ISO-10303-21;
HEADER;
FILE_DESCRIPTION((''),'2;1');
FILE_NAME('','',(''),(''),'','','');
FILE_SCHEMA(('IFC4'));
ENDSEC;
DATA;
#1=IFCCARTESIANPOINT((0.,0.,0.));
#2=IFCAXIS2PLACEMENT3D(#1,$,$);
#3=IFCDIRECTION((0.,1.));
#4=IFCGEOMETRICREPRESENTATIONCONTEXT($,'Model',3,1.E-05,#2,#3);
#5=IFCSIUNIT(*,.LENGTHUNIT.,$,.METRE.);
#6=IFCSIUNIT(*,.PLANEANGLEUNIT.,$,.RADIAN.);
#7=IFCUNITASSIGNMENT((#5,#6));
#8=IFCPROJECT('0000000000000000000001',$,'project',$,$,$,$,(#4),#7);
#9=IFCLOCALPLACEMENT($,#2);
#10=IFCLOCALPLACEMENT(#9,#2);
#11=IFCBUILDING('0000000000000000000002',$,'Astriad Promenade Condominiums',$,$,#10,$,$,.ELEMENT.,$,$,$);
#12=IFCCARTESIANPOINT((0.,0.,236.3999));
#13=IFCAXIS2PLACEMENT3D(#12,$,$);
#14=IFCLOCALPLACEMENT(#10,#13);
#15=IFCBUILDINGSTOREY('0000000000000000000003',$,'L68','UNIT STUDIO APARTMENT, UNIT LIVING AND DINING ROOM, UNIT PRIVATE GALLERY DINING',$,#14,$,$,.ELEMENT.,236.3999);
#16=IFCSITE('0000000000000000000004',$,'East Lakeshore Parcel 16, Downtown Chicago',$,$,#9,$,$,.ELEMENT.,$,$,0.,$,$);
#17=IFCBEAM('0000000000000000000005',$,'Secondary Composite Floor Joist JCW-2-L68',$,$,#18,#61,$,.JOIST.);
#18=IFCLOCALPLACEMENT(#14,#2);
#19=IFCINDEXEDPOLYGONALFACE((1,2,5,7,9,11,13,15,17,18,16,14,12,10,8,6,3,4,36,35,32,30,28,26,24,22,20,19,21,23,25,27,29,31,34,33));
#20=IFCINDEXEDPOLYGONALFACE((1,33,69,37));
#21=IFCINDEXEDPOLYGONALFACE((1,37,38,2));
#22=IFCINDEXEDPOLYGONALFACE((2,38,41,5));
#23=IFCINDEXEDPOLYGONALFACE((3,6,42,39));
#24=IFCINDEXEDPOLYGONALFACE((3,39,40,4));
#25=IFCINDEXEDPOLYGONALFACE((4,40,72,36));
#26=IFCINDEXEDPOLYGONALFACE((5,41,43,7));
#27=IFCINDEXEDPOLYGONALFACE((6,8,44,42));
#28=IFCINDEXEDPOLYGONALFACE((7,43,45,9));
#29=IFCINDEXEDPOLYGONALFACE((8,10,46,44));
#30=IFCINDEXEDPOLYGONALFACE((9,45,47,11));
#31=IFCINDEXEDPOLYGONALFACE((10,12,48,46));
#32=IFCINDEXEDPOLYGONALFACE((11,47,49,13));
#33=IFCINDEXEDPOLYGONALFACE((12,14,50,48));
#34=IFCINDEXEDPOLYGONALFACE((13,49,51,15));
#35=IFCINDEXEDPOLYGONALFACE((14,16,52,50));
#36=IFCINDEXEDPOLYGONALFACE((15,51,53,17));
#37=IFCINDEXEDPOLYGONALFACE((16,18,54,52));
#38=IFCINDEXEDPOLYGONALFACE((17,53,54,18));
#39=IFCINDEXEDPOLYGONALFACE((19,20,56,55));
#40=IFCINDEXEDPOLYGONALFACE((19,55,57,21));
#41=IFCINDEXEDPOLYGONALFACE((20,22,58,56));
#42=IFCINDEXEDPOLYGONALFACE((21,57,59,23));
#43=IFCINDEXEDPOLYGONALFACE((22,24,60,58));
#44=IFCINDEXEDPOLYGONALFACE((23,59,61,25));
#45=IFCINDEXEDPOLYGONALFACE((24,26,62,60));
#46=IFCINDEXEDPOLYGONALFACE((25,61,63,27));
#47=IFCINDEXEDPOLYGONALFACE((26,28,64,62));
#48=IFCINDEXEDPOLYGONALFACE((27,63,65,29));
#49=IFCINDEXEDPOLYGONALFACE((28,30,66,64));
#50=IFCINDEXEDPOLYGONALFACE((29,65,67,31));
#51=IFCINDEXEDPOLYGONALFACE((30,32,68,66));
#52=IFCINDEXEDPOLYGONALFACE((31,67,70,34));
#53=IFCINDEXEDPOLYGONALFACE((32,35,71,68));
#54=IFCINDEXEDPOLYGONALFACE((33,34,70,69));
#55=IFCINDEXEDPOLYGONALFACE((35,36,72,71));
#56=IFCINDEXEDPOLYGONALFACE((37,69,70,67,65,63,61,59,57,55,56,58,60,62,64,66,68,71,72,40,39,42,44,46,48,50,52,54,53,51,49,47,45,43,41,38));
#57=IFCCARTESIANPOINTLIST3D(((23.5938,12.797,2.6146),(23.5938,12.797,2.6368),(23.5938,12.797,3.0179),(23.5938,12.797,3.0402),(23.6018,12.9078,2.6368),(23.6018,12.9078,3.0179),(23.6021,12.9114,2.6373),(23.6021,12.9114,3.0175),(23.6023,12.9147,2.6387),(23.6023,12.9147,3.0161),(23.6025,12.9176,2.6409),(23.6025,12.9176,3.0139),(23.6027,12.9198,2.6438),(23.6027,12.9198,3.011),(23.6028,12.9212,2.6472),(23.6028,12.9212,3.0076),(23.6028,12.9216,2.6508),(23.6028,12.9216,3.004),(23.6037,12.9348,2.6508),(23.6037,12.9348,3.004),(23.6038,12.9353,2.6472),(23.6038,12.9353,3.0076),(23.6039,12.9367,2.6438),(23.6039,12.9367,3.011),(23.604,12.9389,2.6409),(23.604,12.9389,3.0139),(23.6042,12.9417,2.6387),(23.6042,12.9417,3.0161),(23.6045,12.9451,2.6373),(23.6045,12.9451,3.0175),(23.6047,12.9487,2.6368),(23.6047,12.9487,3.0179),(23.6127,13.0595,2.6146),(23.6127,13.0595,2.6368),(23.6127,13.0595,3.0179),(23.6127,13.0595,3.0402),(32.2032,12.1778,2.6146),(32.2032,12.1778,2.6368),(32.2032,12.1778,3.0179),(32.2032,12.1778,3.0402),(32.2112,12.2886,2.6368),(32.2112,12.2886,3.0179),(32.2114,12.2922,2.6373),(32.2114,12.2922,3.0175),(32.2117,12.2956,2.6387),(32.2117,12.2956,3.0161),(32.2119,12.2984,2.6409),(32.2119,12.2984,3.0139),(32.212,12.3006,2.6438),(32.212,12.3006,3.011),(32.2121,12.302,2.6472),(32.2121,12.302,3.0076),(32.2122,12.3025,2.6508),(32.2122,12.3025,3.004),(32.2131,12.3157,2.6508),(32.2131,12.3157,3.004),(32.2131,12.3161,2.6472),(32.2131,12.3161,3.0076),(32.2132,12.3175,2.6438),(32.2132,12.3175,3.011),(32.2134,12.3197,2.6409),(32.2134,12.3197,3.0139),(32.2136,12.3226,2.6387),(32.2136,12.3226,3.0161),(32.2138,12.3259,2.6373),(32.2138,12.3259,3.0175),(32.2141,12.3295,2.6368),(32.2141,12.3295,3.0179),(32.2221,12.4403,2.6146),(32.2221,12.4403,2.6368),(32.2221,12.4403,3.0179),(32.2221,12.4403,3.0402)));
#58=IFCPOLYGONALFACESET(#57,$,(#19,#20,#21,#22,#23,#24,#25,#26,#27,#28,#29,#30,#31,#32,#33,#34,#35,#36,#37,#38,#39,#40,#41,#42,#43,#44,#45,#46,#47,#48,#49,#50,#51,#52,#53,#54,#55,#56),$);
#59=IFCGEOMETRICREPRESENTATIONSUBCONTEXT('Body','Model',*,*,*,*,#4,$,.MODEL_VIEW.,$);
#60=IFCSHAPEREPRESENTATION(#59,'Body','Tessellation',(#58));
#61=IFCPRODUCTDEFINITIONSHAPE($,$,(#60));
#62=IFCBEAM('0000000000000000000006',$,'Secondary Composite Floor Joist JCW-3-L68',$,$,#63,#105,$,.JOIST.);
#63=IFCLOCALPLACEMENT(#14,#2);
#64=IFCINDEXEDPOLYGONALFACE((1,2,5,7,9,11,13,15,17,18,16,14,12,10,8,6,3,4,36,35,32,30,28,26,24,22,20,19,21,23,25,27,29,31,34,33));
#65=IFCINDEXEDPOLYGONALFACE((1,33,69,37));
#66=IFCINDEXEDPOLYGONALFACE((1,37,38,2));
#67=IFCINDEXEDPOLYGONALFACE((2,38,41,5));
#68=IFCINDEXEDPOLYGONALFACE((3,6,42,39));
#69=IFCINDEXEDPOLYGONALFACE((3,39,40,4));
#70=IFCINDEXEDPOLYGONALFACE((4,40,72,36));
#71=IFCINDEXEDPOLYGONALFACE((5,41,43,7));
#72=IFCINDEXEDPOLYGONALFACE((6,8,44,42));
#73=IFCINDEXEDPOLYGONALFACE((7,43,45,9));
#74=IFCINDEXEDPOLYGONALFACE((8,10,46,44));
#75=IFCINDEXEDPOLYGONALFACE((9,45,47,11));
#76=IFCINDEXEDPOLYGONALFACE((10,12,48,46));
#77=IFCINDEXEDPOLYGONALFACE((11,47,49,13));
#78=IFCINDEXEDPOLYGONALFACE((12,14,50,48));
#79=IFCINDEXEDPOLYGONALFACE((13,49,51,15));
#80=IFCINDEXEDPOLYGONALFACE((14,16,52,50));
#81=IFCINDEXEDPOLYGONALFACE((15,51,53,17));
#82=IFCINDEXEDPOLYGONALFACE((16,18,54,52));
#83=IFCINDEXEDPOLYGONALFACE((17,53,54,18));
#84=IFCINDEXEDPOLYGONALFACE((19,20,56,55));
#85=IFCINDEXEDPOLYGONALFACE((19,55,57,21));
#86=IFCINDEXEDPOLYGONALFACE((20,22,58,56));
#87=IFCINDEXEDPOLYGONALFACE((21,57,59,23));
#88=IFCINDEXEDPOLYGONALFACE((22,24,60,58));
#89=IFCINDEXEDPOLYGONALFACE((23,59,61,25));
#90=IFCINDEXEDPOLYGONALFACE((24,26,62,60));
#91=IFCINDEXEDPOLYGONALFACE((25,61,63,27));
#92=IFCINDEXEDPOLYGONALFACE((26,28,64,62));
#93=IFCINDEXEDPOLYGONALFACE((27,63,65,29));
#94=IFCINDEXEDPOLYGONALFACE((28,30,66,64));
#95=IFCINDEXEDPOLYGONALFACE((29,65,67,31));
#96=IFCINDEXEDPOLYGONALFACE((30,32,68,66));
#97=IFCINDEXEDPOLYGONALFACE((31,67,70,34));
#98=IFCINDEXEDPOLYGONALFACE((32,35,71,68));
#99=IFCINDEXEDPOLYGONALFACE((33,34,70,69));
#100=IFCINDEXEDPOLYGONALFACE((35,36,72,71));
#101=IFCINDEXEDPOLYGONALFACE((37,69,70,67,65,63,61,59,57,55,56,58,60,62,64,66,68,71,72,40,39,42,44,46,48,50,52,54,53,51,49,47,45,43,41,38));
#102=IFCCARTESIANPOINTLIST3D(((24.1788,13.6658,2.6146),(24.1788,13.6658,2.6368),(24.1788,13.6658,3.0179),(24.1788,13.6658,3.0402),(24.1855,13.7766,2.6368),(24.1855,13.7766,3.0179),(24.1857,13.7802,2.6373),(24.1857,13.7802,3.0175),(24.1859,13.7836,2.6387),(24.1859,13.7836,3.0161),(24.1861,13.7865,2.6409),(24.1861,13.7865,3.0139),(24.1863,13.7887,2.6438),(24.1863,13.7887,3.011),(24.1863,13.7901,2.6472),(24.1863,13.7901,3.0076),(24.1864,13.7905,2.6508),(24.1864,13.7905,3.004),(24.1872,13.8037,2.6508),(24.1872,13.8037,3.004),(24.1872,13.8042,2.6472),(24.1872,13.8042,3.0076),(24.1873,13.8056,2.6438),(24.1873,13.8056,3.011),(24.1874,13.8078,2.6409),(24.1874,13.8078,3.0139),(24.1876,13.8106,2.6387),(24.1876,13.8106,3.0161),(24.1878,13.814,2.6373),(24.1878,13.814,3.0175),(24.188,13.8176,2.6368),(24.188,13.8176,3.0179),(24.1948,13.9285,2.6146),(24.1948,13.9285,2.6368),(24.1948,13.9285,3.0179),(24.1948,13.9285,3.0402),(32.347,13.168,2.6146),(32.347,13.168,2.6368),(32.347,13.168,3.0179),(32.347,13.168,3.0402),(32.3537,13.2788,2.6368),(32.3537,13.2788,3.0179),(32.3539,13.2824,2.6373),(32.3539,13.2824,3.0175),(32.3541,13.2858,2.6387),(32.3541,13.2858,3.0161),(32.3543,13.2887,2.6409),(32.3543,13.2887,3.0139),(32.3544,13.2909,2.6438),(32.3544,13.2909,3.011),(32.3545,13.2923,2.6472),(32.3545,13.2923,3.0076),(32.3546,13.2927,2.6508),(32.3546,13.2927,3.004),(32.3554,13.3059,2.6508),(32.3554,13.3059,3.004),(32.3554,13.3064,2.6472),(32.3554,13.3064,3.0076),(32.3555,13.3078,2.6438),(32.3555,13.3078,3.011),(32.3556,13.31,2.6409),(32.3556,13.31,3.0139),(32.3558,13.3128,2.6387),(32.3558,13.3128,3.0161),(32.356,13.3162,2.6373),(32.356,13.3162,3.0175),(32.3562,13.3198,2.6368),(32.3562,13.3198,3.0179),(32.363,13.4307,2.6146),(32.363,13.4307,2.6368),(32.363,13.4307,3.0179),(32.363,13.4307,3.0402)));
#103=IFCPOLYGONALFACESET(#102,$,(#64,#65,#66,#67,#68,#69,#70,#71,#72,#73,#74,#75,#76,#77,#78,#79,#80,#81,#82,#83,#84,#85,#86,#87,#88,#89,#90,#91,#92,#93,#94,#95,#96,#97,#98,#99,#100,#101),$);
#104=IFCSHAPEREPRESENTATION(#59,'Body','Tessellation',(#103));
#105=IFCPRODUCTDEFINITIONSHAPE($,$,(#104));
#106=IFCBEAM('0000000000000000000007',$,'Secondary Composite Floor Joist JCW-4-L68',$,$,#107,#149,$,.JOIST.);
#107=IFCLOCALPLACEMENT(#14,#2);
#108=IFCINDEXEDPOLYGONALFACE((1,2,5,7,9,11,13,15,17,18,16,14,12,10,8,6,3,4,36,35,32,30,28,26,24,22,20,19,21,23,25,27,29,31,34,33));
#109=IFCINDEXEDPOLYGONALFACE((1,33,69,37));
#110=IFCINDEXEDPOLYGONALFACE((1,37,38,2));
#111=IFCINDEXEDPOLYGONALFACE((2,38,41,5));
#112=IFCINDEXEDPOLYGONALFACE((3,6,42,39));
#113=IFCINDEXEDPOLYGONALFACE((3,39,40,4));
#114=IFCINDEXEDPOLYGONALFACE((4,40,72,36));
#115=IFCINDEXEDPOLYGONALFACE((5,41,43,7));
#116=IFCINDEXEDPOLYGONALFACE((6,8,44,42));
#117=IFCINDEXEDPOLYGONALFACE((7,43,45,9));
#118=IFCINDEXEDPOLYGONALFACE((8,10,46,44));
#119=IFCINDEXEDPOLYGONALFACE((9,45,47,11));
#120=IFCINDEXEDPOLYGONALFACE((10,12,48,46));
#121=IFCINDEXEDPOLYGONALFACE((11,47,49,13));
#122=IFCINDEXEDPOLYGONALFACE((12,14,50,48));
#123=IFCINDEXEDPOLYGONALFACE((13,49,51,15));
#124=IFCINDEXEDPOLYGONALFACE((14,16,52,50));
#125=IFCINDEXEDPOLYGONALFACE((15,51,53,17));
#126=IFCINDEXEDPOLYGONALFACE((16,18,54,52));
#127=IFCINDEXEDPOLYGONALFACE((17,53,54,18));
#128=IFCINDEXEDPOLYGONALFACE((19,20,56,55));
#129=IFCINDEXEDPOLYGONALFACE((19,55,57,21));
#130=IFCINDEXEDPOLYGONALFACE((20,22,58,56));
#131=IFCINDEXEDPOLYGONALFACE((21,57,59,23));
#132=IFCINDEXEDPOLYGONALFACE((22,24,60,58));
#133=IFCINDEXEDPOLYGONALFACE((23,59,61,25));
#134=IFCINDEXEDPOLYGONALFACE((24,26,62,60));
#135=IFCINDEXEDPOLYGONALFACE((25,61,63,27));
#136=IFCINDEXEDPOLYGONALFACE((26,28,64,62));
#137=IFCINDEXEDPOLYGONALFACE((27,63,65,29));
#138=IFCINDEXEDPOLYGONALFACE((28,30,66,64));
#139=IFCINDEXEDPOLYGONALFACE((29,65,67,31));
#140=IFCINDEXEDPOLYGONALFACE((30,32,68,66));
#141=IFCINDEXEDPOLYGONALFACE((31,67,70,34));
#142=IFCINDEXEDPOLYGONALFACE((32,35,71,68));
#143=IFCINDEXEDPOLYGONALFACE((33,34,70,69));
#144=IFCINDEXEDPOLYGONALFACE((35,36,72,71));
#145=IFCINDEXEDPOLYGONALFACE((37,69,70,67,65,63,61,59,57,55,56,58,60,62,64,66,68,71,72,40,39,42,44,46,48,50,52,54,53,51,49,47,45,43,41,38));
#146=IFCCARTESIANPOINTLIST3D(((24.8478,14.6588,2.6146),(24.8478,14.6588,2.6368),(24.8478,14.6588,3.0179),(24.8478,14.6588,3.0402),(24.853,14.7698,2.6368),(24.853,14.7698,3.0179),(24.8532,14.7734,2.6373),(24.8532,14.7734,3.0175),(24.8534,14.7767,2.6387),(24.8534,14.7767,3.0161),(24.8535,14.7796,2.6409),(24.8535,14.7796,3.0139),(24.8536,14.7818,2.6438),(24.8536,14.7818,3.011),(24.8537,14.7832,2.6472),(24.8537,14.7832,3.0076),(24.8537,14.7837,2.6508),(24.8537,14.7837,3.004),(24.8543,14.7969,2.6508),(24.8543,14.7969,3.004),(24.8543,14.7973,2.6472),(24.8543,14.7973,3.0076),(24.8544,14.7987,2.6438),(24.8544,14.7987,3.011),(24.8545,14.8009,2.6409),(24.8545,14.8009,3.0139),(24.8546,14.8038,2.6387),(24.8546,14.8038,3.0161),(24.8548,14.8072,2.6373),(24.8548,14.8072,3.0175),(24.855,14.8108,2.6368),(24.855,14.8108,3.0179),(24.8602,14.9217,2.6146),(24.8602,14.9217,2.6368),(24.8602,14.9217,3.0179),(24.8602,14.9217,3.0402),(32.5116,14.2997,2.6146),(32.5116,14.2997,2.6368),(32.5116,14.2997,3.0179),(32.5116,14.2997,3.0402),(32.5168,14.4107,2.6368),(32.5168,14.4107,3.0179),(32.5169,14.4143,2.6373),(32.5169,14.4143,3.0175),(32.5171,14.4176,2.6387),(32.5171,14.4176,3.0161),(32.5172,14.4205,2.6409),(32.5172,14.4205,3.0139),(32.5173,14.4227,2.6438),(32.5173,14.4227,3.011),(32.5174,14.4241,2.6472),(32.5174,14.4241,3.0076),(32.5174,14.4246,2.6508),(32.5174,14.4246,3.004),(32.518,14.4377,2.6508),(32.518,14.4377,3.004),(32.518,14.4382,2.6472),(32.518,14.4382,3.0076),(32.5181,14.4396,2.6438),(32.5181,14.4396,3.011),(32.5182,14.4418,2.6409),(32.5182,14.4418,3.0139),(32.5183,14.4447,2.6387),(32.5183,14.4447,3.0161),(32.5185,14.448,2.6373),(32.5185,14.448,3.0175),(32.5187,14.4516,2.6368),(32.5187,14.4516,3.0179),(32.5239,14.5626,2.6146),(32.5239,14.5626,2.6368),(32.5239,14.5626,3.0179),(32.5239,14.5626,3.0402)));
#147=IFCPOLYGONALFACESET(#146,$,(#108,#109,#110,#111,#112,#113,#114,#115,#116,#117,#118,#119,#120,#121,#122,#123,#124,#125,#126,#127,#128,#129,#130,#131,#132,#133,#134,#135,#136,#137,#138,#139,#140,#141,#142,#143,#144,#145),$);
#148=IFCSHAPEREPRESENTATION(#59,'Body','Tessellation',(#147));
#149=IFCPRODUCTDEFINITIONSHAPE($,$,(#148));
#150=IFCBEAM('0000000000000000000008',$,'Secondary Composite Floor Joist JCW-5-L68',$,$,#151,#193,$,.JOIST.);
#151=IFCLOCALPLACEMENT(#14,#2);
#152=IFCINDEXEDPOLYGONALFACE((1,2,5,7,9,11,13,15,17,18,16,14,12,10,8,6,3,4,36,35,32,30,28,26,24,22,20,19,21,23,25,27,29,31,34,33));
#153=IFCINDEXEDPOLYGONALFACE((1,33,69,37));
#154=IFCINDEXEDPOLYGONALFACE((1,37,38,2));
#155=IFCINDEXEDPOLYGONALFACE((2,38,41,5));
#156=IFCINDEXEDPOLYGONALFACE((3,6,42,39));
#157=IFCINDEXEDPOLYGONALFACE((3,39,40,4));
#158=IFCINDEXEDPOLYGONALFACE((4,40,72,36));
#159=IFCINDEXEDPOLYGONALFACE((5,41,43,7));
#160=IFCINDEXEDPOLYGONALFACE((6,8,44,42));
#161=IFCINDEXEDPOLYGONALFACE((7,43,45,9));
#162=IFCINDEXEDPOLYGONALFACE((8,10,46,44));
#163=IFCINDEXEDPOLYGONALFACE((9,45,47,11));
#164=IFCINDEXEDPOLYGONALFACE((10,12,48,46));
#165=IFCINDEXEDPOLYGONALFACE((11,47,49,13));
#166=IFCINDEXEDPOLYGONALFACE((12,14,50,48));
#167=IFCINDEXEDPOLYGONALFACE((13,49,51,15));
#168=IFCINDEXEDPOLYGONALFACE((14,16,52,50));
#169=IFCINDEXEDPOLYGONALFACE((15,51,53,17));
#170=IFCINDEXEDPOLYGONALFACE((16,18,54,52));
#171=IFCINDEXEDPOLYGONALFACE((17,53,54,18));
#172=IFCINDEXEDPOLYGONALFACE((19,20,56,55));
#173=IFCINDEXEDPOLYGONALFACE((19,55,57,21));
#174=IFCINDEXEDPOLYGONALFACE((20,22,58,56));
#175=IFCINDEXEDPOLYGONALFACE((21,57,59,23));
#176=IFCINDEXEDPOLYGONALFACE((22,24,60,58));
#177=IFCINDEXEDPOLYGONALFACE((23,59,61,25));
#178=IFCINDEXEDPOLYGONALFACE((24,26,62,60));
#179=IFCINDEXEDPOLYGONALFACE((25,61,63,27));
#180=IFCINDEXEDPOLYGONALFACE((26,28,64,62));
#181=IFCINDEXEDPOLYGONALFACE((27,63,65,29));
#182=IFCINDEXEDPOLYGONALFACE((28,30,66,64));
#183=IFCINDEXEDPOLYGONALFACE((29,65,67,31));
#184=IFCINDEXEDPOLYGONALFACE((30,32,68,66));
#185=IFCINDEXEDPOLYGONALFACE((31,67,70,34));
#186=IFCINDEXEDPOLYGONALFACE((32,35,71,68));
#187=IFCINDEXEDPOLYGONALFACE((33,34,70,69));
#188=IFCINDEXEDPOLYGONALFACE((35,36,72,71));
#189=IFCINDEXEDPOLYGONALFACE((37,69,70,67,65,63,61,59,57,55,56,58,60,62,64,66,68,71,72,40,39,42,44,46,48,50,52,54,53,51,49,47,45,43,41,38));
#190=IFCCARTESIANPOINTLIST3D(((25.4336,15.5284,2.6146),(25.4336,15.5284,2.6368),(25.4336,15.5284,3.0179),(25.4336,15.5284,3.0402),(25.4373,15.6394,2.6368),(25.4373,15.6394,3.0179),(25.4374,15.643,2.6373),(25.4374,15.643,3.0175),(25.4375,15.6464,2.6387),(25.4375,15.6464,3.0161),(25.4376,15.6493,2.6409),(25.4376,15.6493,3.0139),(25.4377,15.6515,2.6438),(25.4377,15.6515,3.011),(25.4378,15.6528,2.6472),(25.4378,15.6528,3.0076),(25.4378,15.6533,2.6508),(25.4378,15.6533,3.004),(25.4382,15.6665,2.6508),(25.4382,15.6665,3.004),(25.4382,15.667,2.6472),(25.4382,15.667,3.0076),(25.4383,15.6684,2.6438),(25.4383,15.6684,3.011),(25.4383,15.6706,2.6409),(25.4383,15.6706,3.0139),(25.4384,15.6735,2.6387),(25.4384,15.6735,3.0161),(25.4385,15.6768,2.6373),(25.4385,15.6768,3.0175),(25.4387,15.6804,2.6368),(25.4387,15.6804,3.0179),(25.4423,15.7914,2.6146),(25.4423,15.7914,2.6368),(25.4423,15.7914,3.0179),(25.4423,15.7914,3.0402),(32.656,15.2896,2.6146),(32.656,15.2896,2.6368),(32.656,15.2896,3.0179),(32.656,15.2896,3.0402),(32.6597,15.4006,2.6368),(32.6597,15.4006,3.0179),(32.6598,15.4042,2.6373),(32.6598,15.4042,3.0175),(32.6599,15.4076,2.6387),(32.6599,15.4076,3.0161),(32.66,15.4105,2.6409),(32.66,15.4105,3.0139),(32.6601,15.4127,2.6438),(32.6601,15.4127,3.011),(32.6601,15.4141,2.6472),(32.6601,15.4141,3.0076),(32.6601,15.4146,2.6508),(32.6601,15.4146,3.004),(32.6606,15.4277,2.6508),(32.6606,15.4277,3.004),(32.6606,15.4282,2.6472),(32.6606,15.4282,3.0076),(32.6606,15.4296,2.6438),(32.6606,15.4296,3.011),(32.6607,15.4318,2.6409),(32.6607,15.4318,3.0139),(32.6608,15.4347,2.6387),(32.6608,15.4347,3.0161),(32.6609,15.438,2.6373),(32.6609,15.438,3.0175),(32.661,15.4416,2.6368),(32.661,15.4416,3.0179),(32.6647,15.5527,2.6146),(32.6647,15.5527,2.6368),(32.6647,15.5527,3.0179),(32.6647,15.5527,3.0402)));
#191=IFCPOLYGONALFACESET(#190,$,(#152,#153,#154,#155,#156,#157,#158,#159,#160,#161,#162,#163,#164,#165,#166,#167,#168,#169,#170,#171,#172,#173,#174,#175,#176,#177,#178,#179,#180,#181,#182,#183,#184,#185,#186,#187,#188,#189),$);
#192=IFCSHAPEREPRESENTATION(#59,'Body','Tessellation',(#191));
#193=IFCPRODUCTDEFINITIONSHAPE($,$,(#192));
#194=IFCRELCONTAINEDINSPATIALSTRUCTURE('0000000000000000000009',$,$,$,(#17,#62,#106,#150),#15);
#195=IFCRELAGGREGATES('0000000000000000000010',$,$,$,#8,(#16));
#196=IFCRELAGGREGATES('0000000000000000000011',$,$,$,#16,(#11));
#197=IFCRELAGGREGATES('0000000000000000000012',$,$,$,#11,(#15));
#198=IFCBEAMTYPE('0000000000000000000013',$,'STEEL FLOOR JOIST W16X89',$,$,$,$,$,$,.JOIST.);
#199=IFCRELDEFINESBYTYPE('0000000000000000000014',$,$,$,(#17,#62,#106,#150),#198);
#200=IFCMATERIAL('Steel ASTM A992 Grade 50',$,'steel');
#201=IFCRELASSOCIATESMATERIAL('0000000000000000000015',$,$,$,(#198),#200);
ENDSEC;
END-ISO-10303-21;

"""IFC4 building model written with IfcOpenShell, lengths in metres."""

from ifc_helpers import new_model, si_unit, direction, frame, origin, origin_2d, place, context, subcontext, project, spatial, i_section, extrude, source, transform, mapped, material, material_profile, profile_set, type_object, element, save


model = new_model("IFC4")

# Units and contexts
model_context = context("Model", 3, precision=1e-05, world=origin(), true_north=direction((0.0, 1.0)))
body_context = subcontext(model_context, "Body", "Model", "MODEL_VIEW")
ifc_project = project(units=[si_unit("LENGTHUNIT", "METRE"), si_unit("PLANEANGLEUNIT", "RADIAN")], contexts=[model_context])

# Site, building, storey
site_placement = place(None, origin())
site = spatial("IfcSite", under=ifc_project, at=site_placement, Name="East Lakeshore Parcel 16, Downtown Chicago", CompositionType="ELEMENT", RefElevation=0.0)
building_placement = place(site_placement, origin())
building = spatial("IfcBuilding", under=site, at=building_placement, Name="Astriad Promenade Condominiums", CompositionType="ELEMENT")
storey_placement = place(building_placement, frame((0.0, 0.0, 236.3999)))
storey = spatial("IfcBuildingStorey", under=building, at=storey_placement, Name="L68", Description="UNIT STUDIO APARTMENT, UNIT LIVING AND DINING ROOM, UNIT PRIVATE GALLERY DINING", CompositionType="ELEMENT", Elevation=236.3999)

# Beams
ifc_material_1 = material(Name="Steel ASTM A992 Grade 50", Category="steel")
ifc_material_profile_1 = material_profile(ifc_material_1, i_section(OverallWidth=0.2632, OverallDepth=0.4255, WebThickness=0.0132, FlangeThickness=0.0222, FilletRadius=0.0139, at=origin_2d()), Name="W16X89")
ifc_profile_set_1 = profile_set([ifc_material_profile_1], Name="Steel ASTM A992 Grade 50")
beam_type_1 = type_object("IfcBeamType", Name="STEEL FLOOR JOIST W16X89", PredefinedType="JOIST", material=ifc_profile_set_1)
shared_shape_1 = source(origin(), body_context, "Body", "SweptSolid", [
    extrude(i_section(OverallWidth=0.2632, OverallDepth=0.4255, WebThickness=0.0132, FlangeThickness=0.0222, FilletRadius=0.0139, at=origin_2d()), origin(), (0.0, 0.0, 1.0), 8.6316),
])
beam_1_placement = place(storey_placement, frame((23.6033, 12.9282, 2.8274), z_axis=(0.997424, -0.071729, 0.0), x_axis=(0.071729, 0.997424, 0.0)))
element("IfcBeam", 1, at=beam_1_placement, inside=storey, type_object=beam_type_1, Name="Secondary Composite Floor Joist JCW-2-L68", PredefinedType="JOIST", context=body_context, shape_type="MappedRepresentation", body=[
    mapped(shared_shape_1, transform((0.0, 0.0, 0.0), scale=1.0)),
])
shared_shape_2 = source(origin(), body_context, "Body", "SweptSolid", [
    extrude(i_section(OverallWidth=0.2632, OverallDepth=0.4255, WebThickness=0.0132, FlangeThickness=0.0222, FilletRadius=0.0139, at=origin_2d()), origin(), (0.0, 0.0, 1.0), 8.1833),
])
beam_2_placement = place(storey_placement, frame((24.1868, 13.7971, 2.8274), z_axis=(0.998148, -0.060831, 0.0), x_axis=(0.060831, 0.998148, 0.0)))
element("IfcBeam", 2, at=beam_2_placement, inside=storey, type_object=beam_type_1, Name="Secondary Composite Floor Joist JCW-3-L68", PredefinedType="JOIST", context=body_context, shape_type="MappedRepresentation", body=[
    mapped(shared_shape_2, transform((0.0, 0.0, 0.0), scale=1.0)),
])
shared_shape_3 = source(origin(), body_context, "Body", "SweptSolid", [
    extrude(i_section(OverallWidth=0.2632, OverallDepth=0.4255, WebThickness=0.0132, FlangeThickness=0.0222, FilletRadius=0.0139, at=origin_2d()), origin(), (0.0, 0.0, 1.0), 7.6721),
])
beam_3_placement = place(storey_placement, frame((24.854, 14.7903, 2.8274), z_axis=(0.998904, -0.046809, 0.0), x_axis=(0.046809, 0.998904, 0.0)))
element("IfcBeam", 3, at=beam_3_placement, inside=storey, type_object=beam_type_1, Name="Secondary Composite Floor Joist JCW-4-L68", PredefinedType="JOIST", context=body_context, shape_type="MappedRepresentation", body=[
    mapped(shared_shape_3, transform((0.0, 0.0, 0.0), scale=1.0)),
])
shared_shape_4 = source(origin(), body_context, "Body", "SweptSolid", [
    extrude(i_section(OverallWidth=0.2632, OverallDepth=0.4255, WebThickness=0.0132, FlangeThickness=0.0222, FilletRadius=0.0139, at=origin_2d()), origin(), (0.0, 0.0, 1.0), 7.2263),
])
beam_4_placement = place(storey_placement, frame((25.438, 15.6599, 2.8274), z_axis=(0.999454, -0.033041, 0.0), x_axis=(0.033041, 0.999454, 0.0)))
element("IfcBeam", 4, at=beam_4_placement, inside=storey, type_object=beam_type_1, Name="Secondary Composite Floor Joist JCW-5-L68", PredefinedType="JOIST", context=body_context, shape_type="MappedRepresentation", body=[
    mapped(shared_shape_4, transform((0.0, 0.0, 0.0), scale=1.0)),
])

save(model, "model.ifc")
